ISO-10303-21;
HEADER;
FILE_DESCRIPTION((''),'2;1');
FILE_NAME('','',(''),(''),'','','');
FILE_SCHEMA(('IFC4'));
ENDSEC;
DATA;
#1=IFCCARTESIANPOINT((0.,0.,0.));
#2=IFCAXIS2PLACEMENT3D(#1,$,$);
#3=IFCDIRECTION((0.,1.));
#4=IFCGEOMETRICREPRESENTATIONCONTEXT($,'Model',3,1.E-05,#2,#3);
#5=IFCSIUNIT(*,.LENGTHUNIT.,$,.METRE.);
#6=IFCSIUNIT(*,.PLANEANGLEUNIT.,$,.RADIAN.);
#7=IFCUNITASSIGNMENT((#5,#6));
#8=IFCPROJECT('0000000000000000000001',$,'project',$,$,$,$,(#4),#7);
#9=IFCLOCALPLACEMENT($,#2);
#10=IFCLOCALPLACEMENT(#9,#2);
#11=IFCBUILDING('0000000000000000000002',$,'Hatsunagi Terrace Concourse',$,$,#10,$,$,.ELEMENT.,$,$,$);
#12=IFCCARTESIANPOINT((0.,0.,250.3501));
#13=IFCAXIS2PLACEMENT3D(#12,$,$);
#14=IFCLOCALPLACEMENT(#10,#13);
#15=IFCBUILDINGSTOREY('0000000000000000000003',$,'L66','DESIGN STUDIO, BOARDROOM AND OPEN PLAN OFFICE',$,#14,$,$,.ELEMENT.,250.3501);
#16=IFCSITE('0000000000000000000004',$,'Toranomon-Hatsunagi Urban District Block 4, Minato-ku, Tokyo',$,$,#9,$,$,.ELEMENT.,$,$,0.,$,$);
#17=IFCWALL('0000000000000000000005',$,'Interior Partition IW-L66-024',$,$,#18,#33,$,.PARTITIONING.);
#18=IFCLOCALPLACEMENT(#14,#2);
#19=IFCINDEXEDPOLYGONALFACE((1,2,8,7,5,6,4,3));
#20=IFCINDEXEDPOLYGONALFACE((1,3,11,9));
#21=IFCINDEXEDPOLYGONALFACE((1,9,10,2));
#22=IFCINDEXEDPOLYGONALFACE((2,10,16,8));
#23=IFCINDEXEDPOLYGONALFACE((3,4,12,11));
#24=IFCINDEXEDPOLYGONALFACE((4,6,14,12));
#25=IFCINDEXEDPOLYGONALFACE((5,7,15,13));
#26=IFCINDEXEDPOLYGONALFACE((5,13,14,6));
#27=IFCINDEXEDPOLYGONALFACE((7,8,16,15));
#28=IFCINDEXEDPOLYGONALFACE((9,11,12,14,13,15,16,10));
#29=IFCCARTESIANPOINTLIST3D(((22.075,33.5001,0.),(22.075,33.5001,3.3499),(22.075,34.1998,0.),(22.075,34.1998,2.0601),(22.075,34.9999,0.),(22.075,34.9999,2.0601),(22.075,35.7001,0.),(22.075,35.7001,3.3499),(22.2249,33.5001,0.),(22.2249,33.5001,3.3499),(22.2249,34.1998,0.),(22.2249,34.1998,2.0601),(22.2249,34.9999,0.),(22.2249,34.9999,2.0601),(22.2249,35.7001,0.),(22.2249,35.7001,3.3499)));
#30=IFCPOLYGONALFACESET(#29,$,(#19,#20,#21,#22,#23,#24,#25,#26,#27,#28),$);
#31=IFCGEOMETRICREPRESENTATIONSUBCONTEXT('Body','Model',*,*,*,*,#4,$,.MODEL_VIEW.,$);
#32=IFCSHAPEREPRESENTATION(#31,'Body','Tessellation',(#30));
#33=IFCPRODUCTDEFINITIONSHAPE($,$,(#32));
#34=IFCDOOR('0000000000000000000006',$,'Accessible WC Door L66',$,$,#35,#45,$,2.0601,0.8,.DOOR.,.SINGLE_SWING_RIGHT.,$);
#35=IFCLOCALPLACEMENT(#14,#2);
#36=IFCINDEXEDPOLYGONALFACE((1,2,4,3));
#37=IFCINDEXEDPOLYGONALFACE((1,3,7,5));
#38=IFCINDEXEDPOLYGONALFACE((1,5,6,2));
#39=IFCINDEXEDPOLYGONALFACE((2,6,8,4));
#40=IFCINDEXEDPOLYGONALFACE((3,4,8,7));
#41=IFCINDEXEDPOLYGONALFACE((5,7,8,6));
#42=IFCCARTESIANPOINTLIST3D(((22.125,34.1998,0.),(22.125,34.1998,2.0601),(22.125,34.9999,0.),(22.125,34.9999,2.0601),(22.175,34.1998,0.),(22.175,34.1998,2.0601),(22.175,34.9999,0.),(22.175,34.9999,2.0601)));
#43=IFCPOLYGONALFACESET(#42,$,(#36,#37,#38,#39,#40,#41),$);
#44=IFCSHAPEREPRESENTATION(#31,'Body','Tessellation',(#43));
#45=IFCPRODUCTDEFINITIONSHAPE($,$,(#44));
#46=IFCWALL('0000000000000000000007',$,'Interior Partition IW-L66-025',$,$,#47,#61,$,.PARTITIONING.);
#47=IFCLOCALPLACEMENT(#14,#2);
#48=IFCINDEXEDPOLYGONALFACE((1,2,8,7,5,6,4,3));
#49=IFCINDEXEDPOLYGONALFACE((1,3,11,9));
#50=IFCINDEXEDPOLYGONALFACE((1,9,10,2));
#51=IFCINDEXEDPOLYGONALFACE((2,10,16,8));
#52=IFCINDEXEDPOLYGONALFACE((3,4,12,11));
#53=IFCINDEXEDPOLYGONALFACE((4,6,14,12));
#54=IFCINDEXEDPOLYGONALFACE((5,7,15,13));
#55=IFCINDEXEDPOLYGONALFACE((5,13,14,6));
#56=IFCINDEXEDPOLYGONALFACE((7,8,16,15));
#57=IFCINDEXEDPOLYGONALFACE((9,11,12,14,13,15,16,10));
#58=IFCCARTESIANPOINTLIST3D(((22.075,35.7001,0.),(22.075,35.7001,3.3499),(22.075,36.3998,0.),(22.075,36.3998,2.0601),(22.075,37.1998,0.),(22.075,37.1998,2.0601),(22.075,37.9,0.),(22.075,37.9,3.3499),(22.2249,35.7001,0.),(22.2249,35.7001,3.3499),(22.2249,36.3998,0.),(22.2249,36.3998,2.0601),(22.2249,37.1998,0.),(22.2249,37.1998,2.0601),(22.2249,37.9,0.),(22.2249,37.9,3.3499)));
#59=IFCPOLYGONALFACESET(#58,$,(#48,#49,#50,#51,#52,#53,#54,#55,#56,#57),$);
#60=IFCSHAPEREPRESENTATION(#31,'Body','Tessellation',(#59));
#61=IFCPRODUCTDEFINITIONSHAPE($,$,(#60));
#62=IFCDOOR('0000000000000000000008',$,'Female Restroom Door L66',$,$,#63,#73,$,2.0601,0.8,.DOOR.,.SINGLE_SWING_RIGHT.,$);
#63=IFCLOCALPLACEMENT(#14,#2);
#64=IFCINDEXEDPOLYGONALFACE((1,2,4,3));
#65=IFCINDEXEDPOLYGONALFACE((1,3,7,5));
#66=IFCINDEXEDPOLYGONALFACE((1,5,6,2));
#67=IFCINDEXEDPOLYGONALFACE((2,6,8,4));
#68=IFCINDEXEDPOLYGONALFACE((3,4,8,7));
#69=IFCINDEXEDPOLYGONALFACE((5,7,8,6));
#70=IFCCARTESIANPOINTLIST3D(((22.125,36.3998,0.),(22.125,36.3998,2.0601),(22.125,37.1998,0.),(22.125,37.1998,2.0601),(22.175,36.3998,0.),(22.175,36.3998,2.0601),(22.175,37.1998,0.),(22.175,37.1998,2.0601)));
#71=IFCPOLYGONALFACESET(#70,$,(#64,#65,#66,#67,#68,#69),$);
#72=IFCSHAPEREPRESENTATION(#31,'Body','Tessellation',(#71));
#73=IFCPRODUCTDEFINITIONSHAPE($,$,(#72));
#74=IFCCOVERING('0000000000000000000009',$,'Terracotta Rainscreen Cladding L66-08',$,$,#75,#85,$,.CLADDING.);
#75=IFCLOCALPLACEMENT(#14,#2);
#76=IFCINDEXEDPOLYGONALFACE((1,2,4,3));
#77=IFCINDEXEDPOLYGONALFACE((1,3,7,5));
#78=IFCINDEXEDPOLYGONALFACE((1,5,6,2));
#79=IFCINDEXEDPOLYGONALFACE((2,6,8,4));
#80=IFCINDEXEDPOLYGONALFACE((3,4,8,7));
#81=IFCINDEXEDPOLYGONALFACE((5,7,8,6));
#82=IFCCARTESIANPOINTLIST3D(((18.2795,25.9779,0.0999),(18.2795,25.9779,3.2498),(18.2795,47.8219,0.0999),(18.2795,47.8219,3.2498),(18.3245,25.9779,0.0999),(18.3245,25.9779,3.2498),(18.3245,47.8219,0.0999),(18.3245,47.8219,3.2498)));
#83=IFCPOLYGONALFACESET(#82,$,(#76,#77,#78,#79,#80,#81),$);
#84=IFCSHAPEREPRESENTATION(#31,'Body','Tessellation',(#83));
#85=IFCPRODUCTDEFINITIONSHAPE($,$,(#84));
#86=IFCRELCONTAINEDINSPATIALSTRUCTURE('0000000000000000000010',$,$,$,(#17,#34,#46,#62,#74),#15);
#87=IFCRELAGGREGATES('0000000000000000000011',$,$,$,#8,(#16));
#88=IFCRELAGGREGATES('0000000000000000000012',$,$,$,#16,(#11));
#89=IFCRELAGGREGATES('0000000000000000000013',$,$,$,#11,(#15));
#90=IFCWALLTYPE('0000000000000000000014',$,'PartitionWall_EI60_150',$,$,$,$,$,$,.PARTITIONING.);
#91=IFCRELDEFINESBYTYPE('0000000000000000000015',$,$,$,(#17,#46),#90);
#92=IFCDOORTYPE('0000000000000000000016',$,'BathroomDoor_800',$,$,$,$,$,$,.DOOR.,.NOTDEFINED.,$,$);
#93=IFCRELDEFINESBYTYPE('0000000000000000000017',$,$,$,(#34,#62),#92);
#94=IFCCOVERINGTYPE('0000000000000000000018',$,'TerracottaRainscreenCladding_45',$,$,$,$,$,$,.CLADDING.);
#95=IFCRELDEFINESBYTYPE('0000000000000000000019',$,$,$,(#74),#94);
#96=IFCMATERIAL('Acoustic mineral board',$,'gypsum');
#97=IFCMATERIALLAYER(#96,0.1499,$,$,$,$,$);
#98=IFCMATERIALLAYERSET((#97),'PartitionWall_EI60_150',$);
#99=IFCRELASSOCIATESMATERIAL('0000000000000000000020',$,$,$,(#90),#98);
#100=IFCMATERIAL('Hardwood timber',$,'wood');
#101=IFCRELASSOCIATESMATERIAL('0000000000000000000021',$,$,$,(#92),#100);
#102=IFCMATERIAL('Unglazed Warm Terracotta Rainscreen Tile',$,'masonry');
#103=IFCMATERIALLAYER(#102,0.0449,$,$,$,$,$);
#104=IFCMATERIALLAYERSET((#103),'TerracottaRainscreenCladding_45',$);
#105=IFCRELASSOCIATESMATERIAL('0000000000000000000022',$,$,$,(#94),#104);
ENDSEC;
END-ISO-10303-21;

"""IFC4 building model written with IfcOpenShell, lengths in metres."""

from ifc_helpers import new_model, si_unit, direction, frame, frame_2d, origin, origin_2d, place, context, subcontext, project, spatial, rectangle, extrude, material, layer, layer_set, type_object, element, fill, save


model = new_model("IFC4")

# Units and contexts
model_context = context("Model", 3, precision=1e-05, world=origin(), true_north=direction((0.0, 1.0)))
body_context = subcontext(model_context, "Body", "Model", "MODEL_VIEW")
ifc_project = project(units=[si_unit("LENGTHUNIT", "METRE"), si_unit("PLANEANGLEUNIT", "RADIAN")], contexts=[model_context])

# Site, building, storey
site_placement = place(None, origin())
site = spatial("IfcSite", under=ifc_project, at=site_placement, Name="Toranomon-Hatsunagi Urban District Block 4, Minato-ku, Tokyo", CompositionType="ELEMENT", RefElevation=0.0)
building_placement = place(site_placement, origin())
building = spatial("IfcBuilding", under=site, at=building_placement, Name="Hatsunagi Terrace Concourse", CompositionType="ELEMENT")
storey_placement = place(building_placement, frame((0.0, 0.0, 250.3501)))
storey = spatial("IfcBuildingStorey", under=building, at=storey_placement, Name="L66", Description="DESIGN STUDIO, BOARDROOM AND OPEN PLAN OFFICE", CompositionType="ELEMENT", Elevation=250.3501)

# Shared definitions
ifc_material_1 = material(Name="Acoustic mineral board", Category="gypsum")
ifc_layer_1 = layer(ifc_material_1, 0.1499)
ifc_layer_set_1 = layer_set([ifc_layer_1], Name="PartitionWall_EI60_150")
wall_type = type_object("IfcWallType", Name="PartitionWall_EI60_150", PredefinedType="PARTITIONING", material=ifc_layer_set_1)

# Walls, openings, doors
wall_1_placement = place(storey_placement, frame((22.1499, 33.5, 0.0), z_axis=(0.0, 0.0, 1.0), x_axis=(0.0, 1.0, 0.0)))
wall_1 = element("IfcWall", 1, at=wall_1_placement, inside=storey, type_object=wall_type, Name="Interior Partition IW-L66-024", PredefinedType="PARTITIONING", context=body_context, shape_type="SweptSolid", body=[
    extrude(rectangle(XDim=2.2, YDim=0.1499, at=frame_2d((1.1001, 0.0))), origin(), (0.0, 0.0, 1.0), 3.3499),
])
opening_1_placement = place(wall_1_placement, frame((0.7, 0.0, 0.0)))
opening_1 = element("IfcOpeningElement", 2, at=opening_1_placement, cuts=wall_1, PredefinedType="OPENING", context=body_context, shape_type="SweptSolid", body=[
    extrude(rectangle(XDim=0.8, YDim=2.0601, at=frame_2d((0.3999, 1.03))), frame((0.0, 0.085, 0.0), z_axis=(0.0, -1.0, 0.0), x_axis=(1.0, 0.0, 0.0)), (0.0, 0.0, 1.0), 0.1699),
])
ifc_material_2 = material(Name="Hardwood timber", Category="wood")
door_type_1 = type_object("IfcDoorType", Name="BathroomDoor_800", OperationType="NOTDEFINED", PredefinedType="DOOR", material=ifc_material_2)
door_1_placement = place(opening_1_placement, origin())
door_1 = element("IfcDoor", 3, at=door_1_placement, inside=storey, type_object=door_type_1, Name="Accessible WC Door L66", OperationType="SINGLE_SWING_RIGHT", OverallHeight=2.0601, OverallWidth=0.8, PredefinedType="DOOR", context=body_context, shape_type="SweptSolid", body=[
    extrude(rectangle(XDim=0.8, YDim=2.0601, at=frame_2d((0.3999, 1.03))), frame((0.0, 0.0249, 0.0), z_axis=(0.0, -1.0, 0.0), x_axis=(1.0, 0.0, 0.0)), (0.0, 0.0, 1.0), 0.05),
])
fill(opening_1, door_1)
wall_2_placement = place(storey_placement, frame((22.1499, 35.7, 0.0), z_axis=(0.0, 0.0, 1.0), x_axis=(0.0, 1.0, 0.0)))
wall_2 = element("IfcWall", 4, at=wall_2_placement, inside=storey, type_object=wall_type, Name="Interior Partition IW-L66-025", PredefinedType="PARTITIONING", context=body_context, shape_type="SweptSolid", body=[
    extrude(rectangle(XDim=2.2, YDim=0.1499, at=frame_2d((1.1001, 0.0))), origin(), (0.0, 0.0, 1.0), 3.3499),
])
opening_2_placement = place(wall_2_placement, frame((0.7, 0.0, 0.0)))
opening_2 = element("IfcOpeningElement", 5, at=opening_2_placement, cuts=wall_2, PredefinedType="OPENING", context=body_context, shape_type="SweptSolid", body=[
    extrude(rectangle(XDim=0.8, YDim=2.0601, at=frame_2d((0.3999, 1.03))), frame((0.0, 0.085, 0.0), z_axis=(0.0, -1.0, 0.0), x_axis=(1.0, 0.0, 0.0)), (0.0, 0.0, 1.0), 0.1699),
])
door_2_placement = place(opening_2_placement, origin())
door_2 = element("IfcDoor", 6, at=door_2_placement, inside=storey, type_object=door_type_1, Name="Female Restroom Door L66", OperationType="SINGLE_SWING_RIGHT", OverallHeight=2.0601, OverallWidth=0.8, PredefinedType="DOOR", context=body_context, shape_type="SweptSolid", body=[
    extrude(rectangle(XDim=0.8, YDim=2.0601, at=frame_2d((0.3999, 1.03))), frame((0.0, 0.0249, 0.0), z_axis=(0.0, -1.0, 0.0), x_axis=(1.0, 0.0, 0.0)), (0.0, 0.0, 1.0), 0.05),
])
fill(opening_2, door_2)

# Covering
ifc_material_3 = material(Name="Unglazed Warm Terracotta Rainscreen Tile", Category="masonry")
ifc_layer_2 = layer(ifc_material_3, 0.0449)
ifc_layer_set_2 = layer_set([ifc_layer_2], Name="TerracottaRainscreenCladding_45")
covering_type = type_object("IfcCoveringType", Name="TerracottaRainscreenCladding_45", PredefinedType="CLADDING", material=ifc_layer_set_2)
covering_placement = place(storey_placement, frame((18.302, 36.8999, 0.0999), z_axis=(0.0, 0.0, 1.0), x_axis=(0.0, 1.0, 0.0)))
element("IfcCovering", 7, at=covering_placement, inside=storey, type_object=covering_type, Name="Terracotta Rainscreen Cladding L66-08", PredefinedType="CLADDING", context=body_context, shape_type="SweptSolid", body=[
    extrude(rectangle(XDim=21.844, YDim=0.0449, at=origin_2d()), origin(), (0.0, 0.0, 1.0), 3.1499),
])

save(model, "model.ifc")
